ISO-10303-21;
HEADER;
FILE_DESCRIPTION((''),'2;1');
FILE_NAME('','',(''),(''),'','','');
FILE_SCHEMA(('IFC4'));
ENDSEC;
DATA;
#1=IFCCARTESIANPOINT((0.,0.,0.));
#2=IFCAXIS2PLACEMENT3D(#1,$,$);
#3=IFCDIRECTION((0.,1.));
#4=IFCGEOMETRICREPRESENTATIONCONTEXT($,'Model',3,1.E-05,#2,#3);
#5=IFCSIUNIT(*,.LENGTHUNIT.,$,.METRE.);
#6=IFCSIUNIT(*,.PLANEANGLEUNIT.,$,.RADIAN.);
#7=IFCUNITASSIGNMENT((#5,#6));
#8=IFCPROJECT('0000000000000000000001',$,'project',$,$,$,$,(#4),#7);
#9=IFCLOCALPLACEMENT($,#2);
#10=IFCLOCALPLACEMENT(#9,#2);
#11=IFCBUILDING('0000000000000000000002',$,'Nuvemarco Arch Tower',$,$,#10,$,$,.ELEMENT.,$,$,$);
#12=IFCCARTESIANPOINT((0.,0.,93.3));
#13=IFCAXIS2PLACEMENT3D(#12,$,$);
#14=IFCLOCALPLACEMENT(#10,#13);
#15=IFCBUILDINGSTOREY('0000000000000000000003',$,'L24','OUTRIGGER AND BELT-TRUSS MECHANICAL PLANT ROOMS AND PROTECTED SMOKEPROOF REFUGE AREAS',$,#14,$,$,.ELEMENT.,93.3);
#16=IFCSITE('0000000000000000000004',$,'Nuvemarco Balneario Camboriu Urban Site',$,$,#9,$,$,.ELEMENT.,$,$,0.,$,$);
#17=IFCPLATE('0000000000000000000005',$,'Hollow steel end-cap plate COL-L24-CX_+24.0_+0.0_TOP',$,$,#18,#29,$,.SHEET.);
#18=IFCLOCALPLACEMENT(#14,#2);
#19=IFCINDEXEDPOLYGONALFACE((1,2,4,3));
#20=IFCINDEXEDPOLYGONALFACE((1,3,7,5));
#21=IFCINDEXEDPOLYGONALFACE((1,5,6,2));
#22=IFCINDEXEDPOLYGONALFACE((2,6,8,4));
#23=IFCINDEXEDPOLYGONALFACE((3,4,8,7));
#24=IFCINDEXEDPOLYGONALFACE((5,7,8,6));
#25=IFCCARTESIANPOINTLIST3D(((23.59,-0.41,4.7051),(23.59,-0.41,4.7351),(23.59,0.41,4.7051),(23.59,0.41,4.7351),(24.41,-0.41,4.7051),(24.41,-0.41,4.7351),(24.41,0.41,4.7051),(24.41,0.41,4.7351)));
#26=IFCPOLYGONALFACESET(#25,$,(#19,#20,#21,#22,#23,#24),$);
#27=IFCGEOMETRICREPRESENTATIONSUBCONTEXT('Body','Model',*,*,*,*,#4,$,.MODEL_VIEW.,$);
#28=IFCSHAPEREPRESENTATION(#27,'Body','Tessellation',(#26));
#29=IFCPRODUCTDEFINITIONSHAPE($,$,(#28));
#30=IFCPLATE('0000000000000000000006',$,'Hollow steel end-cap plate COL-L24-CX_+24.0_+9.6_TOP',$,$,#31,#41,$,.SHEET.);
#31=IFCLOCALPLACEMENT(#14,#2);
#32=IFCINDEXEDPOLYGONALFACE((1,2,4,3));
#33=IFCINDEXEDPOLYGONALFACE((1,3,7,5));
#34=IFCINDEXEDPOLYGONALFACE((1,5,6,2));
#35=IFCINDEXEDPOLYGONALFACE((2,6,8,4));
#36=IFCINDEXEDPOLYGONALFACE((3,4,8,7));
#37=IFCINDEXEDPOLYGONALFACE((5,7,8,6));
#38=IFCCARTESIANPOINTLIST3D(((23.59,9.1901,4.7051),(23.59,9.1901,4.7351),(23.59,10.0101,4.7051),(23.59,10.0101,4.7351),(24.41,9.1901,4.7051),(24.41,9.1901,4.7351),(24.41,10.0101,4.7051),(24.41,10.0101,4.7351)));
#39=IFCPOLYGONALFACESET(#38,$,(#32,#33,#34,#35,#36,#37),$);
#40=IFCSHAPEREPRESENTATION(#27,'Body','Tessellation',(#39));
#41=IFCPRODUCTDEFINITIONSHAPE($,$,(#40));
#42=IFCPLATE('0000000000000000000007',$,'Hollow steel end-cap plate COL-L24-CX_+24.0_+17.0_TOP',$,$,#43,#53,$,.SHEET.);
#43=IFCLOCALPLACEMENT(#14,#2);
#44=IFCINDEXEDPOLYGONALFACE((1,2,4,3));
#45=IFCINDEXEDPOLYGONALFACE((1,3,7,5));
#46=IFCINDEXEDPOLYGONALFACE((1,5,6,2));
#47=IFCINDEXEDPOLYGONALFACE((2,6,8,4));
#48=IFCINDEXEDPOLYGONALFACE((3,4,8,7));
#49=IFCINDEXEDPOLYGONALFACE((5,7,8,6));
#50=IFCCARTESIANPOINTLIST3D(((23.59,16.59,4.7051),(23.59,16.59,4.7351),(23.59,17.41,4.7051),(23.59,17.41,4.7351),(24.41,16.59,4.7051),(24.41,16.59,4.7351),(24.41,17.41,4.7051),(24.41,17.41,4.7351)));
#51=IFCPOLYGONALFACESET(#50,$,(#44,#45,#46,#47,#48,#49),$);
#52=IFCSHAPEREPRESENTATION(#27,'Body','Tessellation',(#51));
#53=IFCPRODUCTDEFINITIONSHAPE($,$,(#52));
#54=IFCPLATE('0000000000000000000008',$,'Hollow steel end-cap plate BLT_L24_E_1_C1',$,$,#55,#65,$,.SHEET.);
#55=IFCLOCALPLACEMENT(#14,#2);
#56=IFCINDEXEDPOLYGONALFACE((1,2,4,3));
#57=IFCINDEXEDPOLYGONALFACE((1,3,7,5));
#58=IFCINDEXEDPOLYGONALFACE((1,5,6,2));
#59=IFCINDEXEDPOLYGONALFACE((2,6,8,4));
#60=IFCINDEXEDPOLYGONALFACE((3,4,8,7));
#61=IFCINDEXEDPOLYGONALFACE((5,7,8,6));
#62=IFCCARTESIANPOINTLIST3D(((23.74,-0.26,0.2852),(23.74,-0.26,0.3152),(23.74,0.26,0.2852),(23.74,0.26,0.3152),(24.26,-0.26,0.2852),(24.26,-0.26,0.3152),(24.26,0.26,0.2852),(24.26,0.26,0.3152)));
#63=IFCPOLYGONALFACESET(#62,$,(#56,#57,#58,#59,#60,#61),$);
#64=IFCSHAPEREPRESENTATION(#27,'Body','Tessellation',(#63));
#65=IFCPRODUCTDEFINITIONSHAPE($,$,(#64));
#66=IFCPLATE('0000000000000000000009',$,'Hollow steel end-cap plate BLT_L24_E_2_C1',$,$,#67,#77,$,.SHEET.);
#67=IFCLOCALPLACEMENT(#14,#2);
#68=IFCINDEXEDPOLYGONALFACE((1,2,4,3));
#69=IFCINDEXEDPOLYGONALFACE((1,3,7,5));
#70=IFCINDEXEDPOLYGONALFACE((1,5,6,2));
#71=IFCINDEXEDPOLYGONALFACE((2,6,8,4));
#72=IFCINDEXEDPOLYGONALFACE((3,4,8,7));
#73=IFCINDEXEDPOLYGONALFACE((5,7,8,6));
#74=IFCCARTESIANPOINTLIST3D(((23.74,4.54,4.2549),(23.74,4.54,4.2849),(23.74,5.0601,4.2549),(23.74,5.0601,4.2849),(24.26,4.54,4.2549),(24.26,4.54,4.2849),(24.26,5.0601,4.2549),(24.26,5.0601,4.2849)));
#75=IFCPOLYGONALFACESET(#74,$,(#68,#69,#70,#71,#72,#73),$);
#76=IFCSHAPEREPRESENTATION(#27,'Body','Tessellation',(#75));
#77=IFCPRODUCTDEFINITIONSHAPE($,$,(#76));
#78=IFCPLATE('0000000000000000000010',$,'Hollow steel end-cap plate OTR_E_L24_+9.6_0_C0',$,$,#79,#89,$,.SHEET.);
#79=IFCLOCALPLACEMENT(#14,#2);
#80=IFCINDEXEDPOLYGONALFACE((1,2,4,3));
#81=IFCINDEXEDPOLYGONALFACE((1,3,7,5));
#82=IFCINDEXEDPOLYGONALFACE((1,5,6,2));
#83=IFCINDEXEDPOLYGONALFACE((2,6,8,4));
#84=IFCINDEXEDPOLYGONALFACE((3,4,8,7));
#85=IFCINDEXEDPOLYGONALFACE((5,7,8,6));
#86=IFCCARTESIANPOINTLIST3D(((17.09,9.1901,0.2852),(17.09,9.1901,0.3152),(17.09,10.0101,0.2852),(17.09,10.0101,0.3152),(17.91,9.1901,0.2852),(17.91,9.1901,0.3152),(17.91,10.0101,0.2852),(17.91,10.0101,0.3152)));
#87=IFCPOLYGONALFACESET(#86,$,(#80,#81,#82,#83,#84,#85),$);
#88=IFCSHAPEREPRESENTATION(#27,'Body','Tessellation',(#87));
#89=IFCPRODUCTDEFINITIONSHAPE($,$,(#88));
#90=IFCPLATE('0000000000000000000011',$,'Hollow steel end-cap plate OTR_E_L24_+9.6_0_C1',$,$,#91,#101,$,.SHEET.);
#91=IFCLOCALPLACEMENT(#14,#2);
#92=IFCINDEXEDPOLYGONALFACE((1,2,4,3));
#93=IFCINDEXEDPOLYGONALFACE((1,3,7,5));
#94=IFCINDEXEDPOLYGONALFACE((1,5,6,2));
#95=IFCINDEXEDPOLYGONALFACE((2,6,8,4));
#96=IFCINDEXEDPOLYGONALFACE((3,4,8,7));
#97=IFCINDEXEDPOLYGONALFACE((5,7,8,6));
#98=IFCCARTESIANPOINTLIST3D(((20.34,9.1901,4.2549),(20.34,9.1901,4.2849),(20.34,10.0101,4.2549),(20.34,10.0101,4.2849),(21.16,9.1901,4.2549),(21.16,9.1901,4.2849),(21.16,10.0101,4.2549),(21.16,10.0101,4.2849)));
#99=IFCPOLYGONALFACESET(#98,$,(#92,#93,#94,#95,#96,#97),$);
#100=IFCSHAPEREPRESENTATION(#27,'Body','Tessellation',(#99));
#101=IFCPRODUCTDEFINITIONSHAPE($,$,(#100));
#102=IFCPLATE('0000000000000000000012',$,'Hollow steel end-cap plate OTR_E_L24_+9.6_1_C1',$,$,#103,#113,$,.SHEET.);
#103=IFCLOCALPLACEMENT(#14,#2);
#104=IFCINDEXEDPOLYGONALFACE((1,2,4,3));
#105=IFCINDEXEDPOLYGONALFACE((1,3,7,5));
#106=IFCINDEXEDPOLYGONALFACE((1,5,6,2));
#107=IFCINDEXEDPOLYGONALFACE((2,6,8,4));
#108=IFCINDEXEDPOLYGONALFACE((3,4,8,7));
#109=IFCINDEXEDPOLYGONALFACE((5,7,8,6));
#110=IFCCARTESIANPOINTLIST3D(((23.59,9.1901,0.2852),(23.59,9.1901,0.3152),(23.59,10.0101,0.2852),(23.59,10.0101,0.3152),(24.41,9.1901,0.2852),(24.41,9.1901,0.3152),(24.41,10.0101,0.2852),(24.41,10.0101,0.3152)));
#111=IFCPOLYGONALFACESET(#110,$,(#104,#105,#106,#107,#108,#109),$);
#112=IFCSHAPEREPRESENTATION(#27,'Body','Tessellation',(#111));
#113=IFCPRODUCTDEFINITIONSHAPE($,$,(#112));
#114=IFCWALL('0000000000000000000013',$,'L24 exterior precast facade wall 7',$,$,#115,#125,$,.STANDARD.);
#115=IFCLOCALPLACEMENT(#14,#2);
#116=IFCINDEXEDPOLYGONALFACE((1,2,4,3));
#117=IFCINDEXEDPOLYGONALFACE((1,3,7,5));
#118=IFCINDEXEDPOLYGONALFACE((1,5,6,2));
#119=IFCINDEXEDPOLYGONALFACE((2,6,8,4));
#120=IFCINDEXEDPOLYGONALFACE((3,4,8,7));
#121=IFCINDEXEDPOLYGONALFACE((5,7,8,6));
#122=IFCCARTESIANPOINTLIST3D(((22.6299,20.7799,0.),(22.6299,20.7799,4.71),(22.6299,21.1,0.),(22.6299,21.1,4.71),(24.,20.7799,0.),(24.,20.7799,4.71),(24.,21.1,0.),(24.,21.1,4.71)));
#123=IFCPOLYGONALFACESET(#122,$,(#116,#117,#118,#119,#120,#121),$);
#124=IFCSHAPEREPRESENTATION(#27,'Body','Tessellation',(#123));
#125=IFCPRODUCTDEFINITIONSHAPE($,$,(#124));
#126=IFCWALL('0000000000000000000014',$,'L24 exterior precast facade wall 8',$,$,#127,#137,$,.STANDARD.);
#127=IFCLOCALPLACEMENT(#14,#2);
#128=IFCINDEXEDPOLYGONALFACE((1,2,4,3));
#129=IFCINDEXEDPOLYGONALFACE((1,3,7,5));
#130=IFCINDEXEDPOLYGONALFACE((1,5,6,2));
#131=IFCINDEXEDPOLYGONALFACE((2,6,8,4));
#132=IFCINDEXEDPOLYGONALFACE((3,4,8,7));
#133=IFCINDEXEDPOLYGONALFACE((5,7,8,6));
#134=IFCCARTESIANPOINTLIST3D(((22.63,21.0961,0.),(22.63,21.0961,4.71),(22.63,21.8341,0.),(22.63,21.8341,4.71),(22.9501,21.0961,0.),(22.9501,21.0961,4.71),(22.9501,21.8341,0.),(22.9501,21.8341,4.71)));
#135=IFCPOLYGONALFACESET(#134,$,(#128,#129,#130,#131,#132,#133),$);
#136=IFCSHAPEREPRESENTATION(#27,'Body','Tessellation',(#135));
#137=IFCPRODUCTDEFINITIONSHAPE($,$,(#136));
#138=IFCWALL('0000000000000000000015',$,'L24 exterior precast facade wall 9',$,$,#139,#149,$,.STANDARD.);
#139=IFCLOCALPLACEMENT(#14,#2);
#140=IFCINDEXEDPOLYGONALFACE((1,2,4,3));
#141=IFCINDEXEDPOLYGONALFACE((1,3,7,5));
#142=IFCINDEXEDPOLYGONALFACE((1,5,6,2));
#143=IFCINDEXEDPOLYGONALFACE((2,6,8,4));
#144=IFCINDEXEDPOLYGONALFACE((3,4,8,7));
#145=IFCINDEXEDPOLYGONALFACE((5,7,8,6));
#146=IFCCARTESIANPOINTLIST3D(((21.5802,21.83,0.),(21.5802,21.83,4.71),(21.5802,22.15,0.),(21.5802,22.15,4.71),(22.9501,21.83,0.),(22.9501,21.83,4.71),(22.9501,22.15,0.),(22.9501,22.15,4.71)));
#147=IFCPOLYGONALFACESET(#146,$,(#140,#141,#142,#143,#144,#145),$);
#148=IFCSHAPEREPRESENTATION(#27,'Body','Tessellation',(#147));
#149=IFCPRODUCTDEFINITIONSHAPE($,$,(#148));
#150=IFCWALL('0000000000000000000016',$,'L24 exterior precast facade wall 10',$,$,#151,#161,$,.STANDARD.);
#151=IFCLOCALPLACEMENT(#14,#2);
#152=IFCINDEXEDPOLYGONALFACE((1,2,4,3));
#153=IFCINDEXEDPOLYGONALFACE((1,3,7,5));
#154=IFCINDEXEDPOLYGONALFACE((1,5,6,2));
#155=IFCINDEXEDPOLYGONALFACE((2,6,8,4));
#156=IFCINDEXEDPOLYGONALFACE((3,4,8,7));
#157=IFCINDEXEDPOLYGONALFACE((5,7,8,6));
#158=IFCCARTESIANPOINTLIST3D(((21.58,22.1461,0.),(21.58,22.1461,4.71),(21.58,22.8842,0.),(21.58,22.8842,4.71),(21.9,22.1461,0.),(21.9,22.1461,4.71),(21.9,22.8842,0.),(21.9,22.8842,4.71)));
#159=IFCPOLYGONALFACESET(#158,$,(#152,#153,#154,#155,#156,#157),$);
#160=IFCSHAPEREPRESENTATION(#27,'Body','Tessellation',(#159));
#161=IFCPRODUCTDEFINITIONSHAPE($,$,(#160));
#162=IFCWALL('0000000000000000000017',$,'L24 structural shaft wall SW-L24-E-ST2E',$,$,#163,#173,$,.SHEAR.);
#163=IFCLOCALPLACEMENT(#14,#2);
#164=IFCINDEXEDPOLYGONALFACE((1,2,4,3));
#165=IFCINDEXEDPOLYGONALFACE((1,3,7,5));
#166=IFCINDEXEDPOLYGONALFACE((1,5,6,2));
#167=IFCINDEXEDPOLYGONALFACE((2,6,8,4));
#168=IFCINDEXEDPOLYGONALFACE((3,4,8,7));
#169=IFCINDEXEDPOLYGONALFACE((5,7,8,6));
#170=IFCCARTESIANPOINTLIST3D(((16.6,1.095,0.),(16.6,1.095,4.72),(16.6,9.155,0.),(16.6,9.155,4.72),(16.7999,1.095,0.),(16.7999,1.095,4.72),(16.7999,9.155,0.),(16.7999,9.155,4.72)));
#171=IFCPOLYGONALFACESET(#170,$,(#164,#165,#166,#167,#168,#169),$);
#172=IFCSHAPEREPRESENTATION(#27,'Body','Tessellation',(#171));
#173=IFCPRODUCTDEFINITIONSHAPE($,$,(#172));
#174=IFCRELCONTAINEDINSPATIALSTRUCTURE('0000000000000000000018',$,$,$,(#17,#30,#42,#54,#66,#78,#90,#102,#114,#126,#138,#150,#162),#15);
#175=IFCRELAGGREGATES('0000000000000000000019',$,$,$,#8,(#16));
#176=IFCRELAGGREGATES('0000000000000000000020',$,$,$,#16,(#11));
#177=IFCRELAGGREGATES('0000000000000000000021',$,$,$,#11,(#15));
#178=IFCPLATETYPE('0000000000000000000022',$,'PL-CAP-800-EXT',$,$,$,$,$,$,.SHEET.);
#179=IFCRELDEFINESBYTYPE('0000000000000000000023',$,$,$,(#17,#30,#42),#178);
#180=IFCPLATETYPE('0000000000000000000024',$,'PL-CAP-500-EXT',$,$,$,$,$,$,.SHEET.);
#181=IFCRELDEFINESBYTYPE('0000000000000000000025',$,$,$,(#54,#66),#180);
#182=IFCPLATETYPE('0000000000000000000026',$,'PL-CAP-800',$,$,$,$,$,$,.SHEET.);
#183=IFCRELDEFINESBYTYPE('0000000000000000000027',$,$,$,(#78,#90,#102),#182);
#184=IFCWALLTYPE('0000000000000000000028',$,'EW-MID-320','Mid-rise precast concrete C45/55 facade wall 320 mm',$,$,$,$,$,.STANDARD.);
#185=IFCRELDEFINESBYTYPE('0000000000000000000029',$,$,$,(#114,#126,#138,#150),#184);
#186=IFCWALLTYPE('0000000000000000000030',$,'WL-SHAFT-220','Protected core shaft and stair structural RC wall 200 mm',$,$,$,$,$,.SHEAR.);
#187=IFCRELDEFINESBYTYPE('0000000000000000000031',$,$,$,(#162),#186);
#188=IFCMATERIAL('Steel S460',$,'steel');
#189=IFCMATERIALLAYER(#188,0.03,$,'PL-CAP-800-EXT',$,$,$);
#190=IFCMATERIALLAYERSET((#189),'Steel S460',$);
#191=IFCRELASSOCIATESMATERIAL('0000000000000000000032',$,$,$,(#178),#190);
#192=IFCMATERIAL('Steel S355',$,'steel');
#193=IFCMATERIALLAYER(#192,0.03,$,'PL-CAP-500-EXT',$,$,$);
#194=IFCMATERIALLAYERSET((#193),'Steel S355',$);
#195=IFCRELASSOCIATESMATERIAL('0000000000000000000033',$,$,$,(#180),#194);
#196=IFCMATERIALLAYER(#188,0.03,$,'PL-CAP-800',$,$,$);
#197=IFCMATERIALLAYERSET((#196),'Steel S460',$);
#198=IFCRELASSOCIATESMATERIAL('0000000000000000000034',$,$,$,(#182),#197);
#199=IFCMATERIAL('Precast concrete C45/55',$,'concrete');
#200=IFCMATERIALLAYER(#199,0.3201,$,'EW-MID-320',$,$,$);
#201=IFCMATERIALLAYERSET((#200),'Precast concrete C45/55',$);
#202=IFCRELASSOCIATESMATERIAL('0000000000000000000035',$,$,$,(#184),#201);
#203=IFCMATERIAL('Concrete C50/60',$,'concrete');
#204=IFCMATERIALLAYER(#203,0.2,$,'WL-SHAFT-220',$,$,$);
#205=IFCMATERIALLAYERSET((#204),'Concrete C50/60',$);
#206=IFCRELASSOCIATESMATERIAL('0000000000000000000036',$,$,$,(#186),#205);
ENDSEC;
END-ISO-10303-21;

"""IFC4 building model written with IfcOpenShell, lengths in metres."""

from ifc_helpers import new_model, si_unit, direction, frame, frame_2d, origin, origin_2d, place, context, subcontext, project, spatial, rectangle, extrude, source, transform, mapped, material, layer, layer_set, type_object, type_shapes, element, save


model = new_model("IFC4")

# Units and contexts
model_context = context("Model", 3, precision=1e-05, world=origin(), true_north=direction((0.0, 1.0)))
body_context = subcontext(model_context, "Body", "Model", "MODEL_VIEW")
ifc_project = project(units=[si_unit("LENGTHUNIT", "METRE"), si_unit("PLANEANGLEUNIT", "RADIAN")], contexts=[model_context])

# Site, building, storey
site_placement = place(None, origin())
site = spatial("IfcSite", under=ifc_project, at=site_placement, Name="Nuvemarco Balneario Camboriu Urban Site", CompositionType="ELEMENT", RefElevation=0.0)
building_placement = place(site_placement, origin())
building = spatial("IfcBuilding", under=site, at=building_placement, Name="Nuvemarco Arch Tower", CompositionType="ELEMENT")
storey_placement = place(building_placement, frame((0.0, 0.0, 93.3)))
storey = spatial("IfcBuildingStorey", under=building, at=storey_placement, Name="L24", Description="OUTRIGGER AND BELT-TRUSS MECHANICAL PLANT ROOMS AND PROTECTED SMOKEPROOF REFUGE AREAS", CompositionType="ELEMENT", Elevation=93.3)

# Shared definitions
ifc_material_1 = material(Name="Steel S460", Category="steel")
ifc_material_2 = material(Name="Steel S355", Category="steel")

# Shared definitions
ifc_material_3 = material(Name="Precast concrete C45/55", Category="concrete")

# Plates
ifc_layer_1 = layer(ifc_material_1, 0.03, Name="PL-CAP-800-EXT")
ifc_layer_set_1 = layer_set([ifc_layer_1], Name="Steel S460")
plate_type_1 = type_object("IfcPlateType", Name="PL-CAP-800-EXT", PredefinedType="SHEET", material=ifc_layer_set_1)
shared_shape_1 = source(origin(), body_context, "Body", "SweptSolid", [
    extrude(rectangle(XDim=0.8201, YDim=0.8201, at=origin_2d()), origin(), (0.0, 0.0, 1.0), 0.03),
])
type_shapes(plate_type_1, [shared_shape_1])
for number, where, z_axis, x_axis, name in (
    (1, (24.0, 0.0, 4.7051), (0.0, 0.0, 1.0), (1.0, 0.0, 0.0), "Hollow steel end-cap plate COL-L24-CX_+24.0_+0.0_TOP"),
    (2, (24.0, 9.6001, 4.7051), (0.0, 0.0, 1.0), (1.0, 0.0, 0.0), "Hollow steel end-cap plate COL-L24-CX_+24.0_+9.6_TOP"),
    (3, (24.0, 17.0, 4.7051), (0.0, 0.0, 1.0), (1.0, 0.0, 0.0), "Hollow steel end-cap plate COL-L24-CX_+24.0_+17.0_TOP"),
):
    element("IfcPlate", number, at=place(storey_placement, frame(where, z_axis=z_axis, x_axis=x_axis)), inside=storey, type_object=plate_type_1, Name=name, PredefinedType="SHEET", context=body_context, shape_type="MappedRepresentation", body=[
        mapped(shared_shape_1, transform((0.0, 0.0, 0.0), scale=1.0)),
    ])
ifc_layer_2 = layer(ifc_material_2, 0.03, Name="PL-CAP-500-EXT")
ifc_layer_set_2 = layer_set([ifc_layer_2], Name="Steel S355")
plate_type_2 = type_object("IfcPlateType", Name="PL-CAP-500-EXT", PredefinedType="SHEET", material=ifc_layer_set_2)
shared_shape_2 = source(origin(), body_context, "Body", "SweptSolid", [
    extrude(rectangle(XDim=0.52, YDim=0.52, at=origin_2d()), origin(), (0.0, 0.0, 1.0), 0.03),
])
type_shapes(plate_type_2, [shared_shape_2])
for number, where, z_axis, x_axis, name in (
    (4, (24.0, 0.0, 0.2852), (0.0, 0.0, 1.0), (1.0, 0.0, 0.0), "Hollow steel end-cap plate BLT_L24_E_1_C1"),
    (5, (24.0, 4.8, 4.2549), (0.0, 0.0, 1.0), (1.0, 0.0, 0.0), "Hollow steel end-cap plate BLT_L24_E_2_C1"),
):
    element("IfcPlate", number, at=place(storey_placement, frame(where, z_axis=z_axis, x_axis=x_axis)), inside=storey, type_object=plate_type_2, Name=name, PredefinedType="SHEET", context=body_context, shape_type="MappedRepresentation", body=[
        mapped(shared_shape_2, transform((0.0, 0.0, 0.0), scale=1.0)),
    ])
ifc_layer_3 = layer(ifc_material_1, 0.03, Name="PL-CAP-800")
ifc_layer_set_3 = layer_set([ifc_layer_3], Name="Steel S460")
plate_type_3 = type_object("IfcPlateType", Name="PL-CAP-800", PredefinedType="SHEET", material=ifc_layer_set_3)
shared_shape_3 = source(origin(), body_context, "Body", "SweptSolid", [
    extrude(rectangle(XDim=0.8201, YDim=0.8201, at=origin_2d()), origin(), (0.0, 0.0, 1.0), 0.03),
])
type_shapes(plate_type_3, [shared_shape_3])
for number, where, z_axis, x_axis, name in (
    (6, (17.5, 9.6001, 0.2852), (0.0, 0.0, 1.0), (1.0, 0.0, 0.0), "Hollow steel end-cap plate OTR_E_L24_+9.6_0_C0"),
    (7, (20.75, 9.6001, 4.2549), (0.0, 0.0, 1.0), (1.0, 0.0, 0.0), "Hollow steel end-cap plate OTR_E_L24_+9.6_0_C1"),
    (8, (24.0, 9.6001, 0.2852), (0.0, 0.0, 1.0), (1.0, 0.0, 0.0), "Hollow steel end-cap plate OTR_E_L24_+9.6_1_C1"),
):
    element("IfcPlate", number, at=place(storey_placement, frame(where, z_axis=z_axis, x_axis=x_axis)), inside=storey, type_object=plate_type_3, Name=name, PredefinedType="SHEET", context=body_context, shape_type="MappedRepresentation", body=[
        mapped(shared_shape_3, transform((0.0, 0.0, 0.0), scale=1.0)),
    ])

# Walls
ifc_layer_4 = layer(ifc_material_3, 0.3201, Name="EW-MID-320")
ifc_layer_set_4 = layer_set([ifc_layer_4], Name="Precast concrete C45/55")
wall_type_1 = type_object("IfcWallType", Name="EW-MID-320", Description="Mid-rise precast concrete C45/55 facade wall 320 mm", PredefinedType="STANDARD", material=ifc_layer_set_4)
wall_1_placement = place(storey_placement, frame((22.6299, 20.9399, 0.0), z_axis=(0.0, 0.0, 1.0), x_axis=(1.0, 0.0, 0.0)))
element("IfcWall", 9, at=wall_1_placement, inside=storey, type_object=wall_type_1, Name="L24 exterior precast facade wall 7", PredefinedType="STANDARD", context=body_context, shape_type="SweptSolid", body=[
    extrude(rectangle(XDim=1.3701, YDim=0.3201, at=frame_2d((0.6851, 0.0))), origin(), (0.0, 0.0, 1.0), 4.71),
])
wall_2_placement = place(storey_placement, frame((22.79, 21.0959, 0.0), z_axis=(0.0, 0.0, 1.0), x_axis=(0.0, 1.0, 0.0)))
element("IfcWall", 10, at=wall_2_placement, inside=storey, type_object=wall_type_1, Name="L24 exterior precast facade wall 8", PredefinedType="STANDARD", context=body_context, shape_type="SweptSolid", body=[
    extrude(rectangle(XDim=0.738, YDim=0.3201, at=frame_2d((0.3691, 0.0))), origin(), (0.0, 0.0, 1.0), 4.71),
])
wall_3_placement = place(storey_placement, frame((21.5801, 21.99, 0.0), z_axis=(0.0, 0.0, 1.0), x_axis=(1.0, 0.0, 0.0)))
element("IfcWall", 11, at=wall_3_placement, inside=storey, type_object=wall_type_1, Name="L24 exterior precast facade wall 9", PredefinedType="STANDARD", context=body_context, shape_type="SweptSolid", body=[
    extrude(rectangle(XDim=1.3699, YDim=0.3201, at=frame_2d((0.6851, 0.0))), origin(), (0.0, 0.0, 1.0), 4.71),
])
wall_4_placement = place(storey_placement, frame((21.74, 22.146, 0.0), z_axis=(0.0, 0.0, 1.0), x_axis=(0.0, 1.0, 0.0)))
element("IfcWall", 12, at=wall_4_placement, inside=storey, type_object=wall_type_1, Name="L24 exterior precast facade wall 10", PredefinedType="STANDARD", context=body_context, shape_type="SweptSolid", body=[
    extrude(rectangle(XDim=0.738, YDim=0.3201, at=frame_2d((0.3691, 0.0))), origin(), (0.0, 0.0, 1.0), 4.71),
])
ifc_material_4 = material(Name="Concrete C50/60", Category="concrete")
ifc_layer_5 = layer(ifc_material_4, 0.2, Name="WL-SHAFT-220")
ifc_layer_set_5 = layer_set([ifc_layer_5], Name="Concrete C50/60")
wall_type_2 = type_object("IfcWallType", Name="WL-SHAFT-220", Description="Protected core shaft and stair structural RC wall 200 mm", PredefinedType="SHEAR", material=ifc_layer_set_5)
wall_5_placement = place(storey_placement, frame((16.7, 1.095, 0.0), z_axis=(0.0, 0.0, 1.0), x_axis=(0.0, 1.0, 0.0)))
element("IfcWall", 13, at=wall_5_placement, inside=storey, type_object=wall_type_2, Name="L24 structural shaft wall SW-L24-E-ST2E", PredefinedType="SHEAR", context=body_context, shape_type="SweptSolid", body=[
    extrude(rectangle(XDim=8.0601, YDim=0.2, at=frame_2d((4.03, 0.0))), origin(), (0.0, 0.0, 1.0), 4.72),
])

save(model, "model.ifc")
